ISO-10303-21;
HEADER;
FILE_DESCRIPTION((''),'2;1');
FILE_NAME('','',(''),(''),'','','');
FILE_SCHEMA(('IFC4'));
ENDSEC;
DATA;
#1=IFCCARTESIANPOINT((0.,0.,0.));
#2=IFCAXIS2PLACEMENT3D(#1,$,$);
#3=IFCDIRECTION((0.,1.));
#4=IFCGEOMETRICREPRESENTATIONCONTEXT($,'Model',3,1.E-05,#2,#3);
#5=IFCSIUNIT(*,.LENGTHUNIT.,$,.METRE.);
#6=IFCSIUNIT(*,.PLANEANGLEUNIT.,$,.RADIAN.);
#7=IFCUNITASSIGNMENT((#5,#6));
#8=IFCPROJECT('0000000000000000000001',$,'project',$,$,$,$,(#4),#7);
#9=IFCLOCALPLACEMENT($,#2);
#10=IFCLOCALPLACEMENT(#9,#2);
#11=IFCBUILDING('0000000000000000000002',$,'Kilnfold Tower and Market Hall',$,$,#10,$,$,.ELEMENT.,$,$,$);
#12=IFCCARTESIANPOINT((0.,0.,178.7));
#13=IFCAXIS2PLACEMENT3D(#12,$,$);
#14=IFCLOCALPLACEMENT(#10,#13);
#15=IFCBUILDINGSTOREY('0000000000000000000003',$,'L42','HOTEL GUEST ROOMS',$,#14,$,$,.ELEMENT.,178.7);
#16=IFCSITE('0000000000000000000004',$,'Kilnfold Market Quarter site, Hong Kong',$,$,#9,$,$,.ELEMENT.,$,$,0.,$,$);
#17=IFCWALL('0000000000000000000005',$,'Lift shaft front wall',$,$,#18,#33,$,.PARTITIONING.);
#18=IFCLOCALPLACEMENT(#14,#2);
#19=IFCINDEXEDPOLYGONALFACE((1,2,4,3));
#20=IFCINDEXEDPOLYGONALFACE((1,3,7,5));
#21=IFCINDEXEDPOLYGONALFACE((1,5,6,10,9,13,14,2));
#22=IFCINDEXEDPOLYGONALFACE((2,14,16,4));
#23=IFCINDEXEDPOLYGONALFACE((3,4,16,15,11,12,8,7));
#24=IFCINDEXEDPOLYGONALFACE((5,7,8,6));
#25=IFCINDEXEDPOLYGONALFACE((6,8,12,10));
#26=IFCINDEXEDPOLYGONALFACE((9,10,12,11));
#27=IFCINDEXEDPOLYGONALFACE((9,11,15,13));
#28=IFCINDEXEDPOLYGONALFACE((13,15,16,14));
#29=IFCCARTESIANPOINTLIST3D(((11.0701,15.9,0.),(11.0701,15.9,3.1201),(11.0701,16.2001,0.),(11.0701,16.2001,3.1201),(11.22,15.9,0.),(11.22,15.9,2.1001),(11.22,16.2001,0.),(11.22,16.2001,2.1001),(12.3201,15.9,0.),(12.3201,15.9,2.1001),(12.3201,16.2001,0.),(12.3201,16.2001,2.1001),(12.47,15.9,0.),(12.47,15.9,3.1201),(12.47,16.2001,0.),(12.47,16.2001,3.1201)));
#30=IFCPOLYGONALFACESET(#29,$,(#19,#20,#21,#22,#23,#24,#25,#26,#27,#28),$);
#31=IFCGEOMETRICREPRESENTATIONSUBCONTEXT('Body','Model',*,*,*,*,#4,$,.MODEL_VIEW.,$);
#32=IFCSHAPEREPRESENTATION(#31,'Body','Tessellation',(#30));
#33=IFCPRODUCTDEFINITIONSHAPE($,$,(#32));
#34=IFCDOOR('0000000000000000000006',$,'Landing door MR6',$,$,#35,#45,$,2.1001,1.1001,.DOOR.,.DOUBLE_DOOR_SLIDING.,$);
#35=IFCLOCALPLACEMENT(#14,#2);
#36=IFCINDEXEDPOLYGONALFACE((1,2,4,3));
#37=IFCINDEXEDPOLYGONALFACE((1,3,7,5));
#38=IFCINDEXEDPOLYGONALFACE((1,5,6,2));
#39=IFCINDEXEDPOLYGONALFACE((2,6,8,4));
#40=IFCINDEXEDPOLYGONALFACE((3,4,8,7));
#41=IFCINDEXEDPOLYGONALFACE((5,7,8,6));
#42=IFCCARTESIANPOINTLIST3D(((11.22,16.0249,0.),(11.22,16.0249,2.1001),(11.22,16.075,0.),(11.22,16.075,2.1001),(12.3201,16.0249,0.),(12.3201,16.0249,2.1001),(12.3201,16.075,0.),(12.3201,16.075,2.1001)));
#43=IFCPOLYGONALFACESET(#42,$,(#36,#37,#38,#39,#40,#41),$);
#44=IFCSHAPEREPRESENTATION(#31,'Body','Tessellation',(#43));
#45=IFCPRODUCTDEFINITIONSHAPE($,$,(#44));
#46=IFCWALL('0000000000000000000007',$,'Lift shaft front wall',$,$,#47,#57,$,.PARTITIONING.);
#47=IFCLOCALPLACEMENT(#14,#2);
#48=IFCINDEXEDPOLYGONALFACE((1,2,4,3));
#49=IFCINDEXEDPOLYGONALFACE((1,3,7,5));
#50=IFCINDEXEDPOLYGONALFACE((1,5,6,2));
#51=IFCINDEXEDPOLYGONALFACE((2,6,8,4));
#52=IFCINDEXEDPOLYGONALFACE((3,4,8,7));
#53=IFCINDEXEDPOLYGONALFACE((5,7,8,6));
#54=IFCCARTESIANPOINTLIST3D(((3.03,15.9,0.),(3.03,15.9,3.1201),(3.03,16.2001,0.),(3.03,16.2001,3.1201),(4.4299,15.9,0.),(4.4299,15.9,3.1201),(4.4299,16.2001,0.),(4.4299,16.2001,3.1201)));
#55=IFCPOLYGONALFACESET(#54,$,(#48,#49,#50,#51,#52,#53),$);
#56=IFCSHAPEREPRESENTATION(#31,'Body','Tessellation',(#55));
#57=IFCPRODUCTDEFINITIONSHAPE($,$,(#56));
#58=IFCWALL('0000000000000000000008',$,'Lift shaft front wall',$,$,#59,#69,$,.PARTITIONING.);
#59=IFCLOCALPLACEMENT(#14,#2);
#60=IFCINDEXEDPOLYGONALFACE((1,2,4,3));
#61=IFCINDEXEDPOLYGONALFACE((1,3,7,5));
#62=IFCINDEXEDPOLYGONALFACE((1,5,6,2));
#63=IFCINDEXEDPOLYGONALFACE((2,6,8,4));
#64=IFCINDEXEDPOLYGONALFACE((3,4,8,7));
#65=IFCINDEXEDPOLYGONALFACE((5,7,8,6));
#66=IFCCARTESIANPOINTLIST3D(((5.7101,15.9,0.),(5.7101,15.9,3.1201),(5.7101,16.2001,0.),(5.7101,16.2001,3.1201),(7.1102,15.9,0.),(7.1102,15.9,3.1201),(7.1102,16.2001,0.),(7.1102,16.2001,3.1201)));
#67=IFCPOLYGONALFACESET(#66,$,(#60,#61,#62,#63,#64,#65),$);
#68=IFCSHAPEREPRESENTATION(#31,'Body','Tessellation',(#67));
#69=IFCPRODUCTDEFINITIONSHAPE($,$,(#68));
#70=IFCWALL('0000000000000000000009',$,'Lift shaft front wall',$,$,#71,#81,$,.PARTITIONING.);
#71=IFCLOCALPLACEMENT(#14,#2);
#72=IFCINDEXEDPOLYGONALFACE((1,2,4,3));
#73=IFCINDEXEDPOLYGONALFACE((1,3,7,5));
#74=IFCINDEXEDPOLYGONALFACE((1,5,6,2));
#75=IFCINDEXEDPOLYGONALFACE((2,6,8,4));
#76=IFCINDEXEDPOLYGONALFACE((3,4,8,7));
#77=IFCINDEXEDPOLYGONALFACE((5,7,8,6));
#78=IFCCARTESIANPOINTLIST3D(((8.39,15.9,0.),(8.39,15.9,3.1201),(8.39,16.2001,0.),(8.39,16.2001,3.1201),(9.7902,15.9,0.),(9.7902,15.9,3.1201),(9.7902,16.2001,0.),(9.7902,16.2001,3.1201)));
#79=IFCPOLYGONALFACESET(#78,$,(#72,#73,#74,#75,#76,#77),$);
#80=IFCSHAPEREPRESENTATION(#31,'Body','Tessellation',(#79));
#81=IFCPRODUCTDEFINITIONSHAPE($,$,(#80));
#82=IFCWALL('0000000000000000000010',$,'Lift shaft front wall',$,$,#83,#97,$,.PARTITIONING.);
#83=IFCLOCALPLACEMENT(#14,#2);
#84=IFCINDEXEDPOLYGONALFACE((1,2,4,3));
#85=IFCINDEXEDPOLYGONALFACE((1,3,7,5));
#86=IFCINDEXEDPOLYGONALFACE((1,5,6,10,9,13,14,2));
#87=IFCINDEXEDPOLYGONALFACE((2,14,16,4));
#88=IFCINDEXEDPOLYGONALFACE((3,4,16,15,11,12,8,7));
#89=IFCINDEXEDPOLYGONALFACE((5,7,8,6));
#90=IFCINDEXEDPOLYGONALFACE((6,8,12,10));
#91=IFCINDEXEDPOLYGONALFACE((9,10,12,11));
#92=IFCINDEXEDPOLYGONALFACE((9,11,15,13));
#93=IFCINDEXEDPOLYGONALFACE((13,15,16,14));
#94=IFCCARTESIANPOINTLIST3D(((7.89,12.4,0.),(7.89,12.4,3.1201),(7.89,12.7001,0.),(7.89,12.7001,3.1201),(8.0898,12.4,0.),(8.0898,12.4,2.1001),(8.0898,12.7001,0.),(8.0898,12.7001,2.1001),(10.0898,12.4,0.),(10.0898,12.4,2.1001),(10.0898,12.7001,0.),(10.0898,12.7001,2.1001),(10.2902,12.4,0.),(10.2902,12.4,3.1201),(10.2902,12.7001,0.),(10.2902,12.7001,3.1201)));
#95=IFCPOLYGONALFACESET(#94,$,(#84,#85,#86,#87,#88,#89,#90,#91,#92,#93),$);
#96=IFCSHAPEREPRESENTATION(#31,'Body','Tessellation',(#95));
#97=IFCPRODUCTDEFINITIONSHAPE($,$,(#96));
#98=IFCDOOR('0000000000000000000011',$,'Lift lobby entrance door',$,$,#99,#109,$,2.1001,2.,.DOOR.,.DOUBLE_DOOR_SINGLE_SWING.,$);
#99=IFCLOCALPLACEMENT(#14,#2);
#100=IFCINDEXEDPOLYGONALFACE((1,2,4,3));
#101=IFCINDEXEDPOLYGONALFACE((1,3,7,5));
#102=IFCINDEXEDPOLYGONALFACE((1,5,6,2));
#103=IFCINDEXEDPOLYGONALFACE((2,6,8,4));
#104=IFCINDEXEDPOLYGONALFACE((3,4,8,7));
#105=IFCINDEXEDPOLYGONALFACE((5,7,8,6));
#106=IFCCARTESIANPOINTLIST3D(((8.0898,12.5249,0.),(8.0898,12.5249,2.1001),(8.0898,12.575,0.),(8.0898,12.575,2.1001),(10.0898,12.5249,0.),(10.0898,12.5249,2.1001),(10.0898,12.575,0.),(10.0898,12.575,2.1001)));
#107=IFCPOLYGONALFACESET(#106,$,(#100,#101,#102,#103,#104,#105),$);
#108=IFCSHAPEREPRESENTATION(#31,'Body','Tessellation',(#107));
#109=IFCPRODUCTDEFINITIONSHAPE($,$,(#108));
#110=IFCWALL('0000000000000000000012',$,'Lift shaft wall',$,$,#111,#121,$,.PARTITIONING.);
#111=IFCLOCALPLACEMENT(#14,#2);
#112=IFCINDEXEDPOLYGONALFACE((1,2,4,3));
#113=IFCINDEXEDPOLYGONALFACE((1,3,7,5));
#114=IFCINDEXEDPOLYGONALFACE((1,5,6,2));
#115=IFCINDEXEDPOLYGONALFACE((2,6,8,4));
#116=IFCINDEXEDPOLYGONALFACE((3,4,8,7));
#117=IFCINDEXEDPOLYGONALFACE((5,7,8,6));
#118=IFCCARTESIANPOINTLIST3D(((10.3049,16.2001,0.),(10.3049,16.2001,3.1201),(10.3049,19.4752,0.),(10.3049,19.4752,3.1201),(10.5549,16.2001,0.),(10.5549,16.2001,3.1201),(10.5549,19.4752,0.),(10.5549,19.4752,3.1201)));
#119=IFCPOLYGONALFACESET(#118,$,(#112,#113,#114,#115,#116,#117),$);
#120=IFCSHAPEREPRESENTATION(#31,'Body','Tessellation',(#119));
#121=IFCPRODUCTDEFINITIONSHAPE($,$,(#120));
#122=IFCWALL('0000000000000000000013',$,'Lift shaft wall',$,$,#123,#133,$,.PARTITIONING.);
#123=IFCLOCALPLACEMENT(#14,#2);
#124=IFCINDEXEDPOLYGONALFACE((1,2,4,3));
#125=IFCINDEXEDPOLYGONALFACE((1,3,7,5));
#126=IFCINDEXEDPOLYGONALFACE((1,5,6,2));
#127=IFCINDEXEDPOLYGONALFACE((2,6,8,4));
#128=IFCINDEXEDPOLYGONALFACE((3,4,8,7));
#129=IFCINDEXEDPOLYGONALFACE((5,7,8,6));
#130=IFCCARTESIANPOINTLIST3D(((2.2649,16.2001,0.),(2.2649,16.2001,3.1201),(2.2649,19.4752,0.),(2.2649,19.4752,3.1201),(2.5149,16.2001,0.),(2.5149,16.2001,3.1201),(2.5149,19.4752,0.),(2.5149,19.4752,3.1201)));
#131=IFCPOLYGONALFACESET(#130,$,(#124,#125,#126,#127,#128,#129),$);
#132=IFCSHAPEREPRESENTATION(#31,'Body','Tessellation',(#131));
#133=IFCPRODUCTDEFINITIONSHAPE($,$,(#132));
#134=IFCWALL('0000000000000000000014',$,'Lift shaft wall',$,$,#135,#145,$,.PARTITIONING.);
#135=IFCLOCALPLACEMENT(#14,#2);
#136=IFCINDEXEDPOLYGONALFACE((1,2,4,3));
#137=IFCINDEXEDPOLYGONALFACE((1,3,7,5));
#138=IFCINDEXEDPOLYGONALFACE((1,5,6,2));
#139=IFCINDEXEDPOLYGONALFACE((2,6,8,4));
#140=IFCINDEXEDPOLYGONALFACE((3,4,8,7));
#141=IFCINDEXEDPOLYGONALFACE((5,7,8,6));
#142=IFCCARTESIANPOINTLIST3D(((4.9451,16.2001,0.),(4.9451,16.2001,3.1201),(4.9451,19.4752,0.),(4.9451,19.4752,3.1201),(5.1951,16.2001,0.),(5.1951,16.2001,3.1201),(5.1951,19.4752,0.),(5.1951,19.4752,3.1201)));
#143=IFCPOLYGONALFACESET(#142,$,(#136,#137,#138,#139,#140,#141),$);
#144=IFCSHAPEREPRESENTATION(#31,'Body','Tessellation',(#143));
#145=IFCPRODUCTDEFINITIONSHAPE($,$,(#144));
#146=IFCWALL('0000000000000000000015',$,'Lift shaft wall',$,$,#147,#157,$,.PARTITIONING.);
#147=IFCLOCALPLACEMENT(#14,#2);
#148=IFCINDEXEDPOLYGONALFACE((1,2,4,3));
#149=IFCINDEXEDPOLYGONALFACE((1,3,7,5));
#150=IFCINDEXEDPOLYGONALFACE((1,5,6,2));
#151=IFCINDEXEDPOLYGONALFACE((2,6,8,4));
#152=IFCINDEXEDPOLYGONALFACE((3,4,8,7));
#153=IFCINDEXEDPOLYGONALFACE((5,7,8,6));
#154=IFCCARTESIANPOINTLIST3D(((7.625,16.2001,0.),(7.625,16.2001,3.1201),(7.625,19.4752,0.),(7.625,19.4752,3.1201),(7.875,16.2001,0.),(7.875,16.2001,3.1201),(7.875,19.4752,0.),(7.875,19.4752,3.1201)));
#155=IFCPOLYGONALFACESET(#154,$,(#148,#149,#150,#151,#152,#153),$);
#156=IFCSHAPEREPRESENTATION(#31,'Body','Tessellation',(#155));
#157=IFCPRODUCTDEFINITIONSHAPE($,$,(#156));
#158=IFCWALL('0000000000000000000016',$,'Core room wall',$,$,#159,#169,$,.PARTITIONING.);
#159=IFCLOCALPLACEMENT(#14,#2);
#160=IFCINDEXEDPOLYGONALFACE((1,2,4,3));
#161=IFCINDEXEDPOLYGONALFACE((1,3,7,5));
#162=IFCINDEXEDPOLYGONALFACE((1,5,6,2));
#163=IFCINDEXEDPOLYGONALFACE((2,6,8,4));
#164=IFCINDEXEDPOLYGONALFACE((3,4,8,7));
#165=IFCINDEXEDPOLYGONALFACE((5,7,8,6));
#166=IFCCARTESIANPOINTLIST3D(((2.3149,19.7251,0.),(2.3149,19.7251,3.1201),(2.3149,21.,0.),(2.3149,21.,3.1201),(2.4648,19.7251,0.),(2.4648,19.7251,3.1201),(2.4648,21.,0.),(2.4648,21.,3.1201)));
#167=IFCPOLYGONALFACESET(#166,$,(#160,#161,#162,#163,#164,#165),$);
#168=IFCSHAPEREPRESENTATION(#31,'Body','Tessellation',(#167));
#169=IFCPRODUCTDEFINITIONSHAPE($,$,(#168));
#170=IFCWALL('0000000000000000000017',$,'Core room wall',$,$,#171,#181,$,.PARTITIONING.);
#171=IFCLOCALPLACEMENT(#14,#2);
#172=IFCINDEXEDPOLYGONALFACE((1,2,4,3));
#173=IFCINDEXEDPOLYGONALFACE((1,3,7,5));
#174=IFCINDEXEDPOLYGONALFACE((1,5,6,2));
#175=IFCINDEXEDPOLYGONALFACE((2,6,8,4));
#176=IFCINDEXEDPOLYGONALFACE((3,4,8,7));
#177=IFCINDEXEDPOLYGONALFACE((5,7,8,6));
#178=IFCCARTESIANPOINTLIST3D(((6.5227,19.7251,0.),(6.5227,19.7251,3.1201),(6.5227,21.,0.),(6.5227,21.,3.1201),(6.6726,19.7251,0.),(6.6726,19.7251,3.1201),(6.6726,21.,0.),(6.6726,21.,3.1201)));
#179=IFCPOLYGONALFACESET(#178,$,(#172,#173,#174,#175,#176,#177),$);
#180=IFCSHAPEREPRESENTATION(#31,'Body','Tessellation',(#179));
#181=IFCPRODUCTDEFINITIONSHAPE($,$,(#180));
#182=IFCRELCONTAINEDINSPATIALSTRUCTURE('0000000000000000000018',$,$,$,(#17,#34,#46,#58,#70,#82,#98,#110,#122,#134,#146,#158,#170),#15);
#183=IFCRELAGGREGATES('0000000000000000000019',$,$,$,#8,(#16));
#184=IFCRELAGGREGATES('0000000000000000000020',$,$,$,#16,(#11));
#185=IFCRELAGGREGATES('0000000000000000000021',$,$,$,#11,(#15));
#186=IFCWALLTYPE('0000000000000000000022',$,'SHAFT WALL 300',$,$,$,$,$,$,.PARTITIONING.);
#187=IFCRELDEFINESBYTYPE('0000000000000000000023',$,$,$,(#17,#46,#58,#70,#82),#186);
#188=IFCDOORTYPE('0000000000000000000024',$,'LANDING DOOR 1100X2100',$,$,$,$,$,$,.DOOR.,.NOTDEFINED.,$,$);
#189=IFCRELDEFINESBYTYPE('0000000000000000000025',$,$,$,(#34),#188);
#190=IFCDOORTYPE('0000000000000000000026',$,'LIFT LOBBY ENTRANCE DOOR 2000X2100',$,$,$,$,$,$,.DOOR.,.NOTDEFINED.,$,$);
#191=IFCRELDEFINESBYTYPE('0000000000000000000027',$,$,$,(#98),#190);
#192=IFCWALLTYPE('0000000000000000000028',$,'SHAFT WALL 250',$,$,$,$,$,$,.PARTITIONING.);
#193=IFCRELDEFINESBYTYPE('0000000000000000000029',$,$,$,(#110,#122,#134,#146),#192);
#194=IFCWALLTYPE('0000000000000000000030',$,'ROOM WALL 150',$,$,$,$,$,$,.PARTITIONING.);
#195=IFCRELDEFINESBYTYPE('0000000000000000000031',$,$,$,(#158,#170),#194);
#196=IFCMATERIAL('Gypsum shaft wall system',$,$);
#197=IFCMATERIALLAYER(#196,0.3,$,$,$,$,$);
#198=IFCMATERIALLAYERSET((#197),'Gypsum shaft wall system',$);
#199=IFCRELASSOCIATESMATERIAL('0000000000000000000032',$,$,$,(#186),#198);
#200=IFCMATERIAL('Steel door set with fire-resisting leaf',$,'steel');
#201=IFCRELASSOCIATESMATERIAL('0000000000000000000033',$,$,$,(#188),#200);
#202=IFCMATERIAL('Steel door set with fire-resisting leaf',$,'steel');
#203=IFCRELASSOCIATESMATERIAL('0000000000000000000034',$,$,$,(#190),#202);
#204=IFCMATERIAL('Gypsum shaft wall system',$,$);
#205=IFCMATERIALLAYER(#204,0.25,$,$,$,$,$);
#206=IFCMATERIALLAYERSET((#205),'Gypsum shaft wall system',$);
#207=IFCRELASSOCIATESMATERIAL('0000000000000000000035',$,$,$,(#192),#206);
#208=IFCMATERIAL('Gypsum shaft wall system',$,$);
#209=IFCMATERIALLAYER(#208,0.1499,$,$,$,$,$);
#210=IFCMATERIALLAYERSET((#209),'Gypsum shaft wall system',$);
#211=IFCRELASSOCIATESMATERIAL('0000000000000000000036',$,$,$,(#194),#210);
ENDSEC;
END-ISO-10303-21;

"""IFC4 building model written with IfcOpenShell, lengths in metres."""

from ifc_helpers import new_model, si_unit, direction, frame, frame_2d, origin, place, context, subcontext, project, spatial, rectangle, extrude, source, transform, mapped, material, layer, layer_set, type_object, element, fill, save


model = new_model("IFC4")

# Units and contexts
model_context = context("Model", 3, precision=1e-05, world=origin(), true_north=direction((0.0, 1.0)))
body_context = subcontext(model_context, "Body", "Model", "MODEL_VIEW")
ifc_project = project(units=[si_unit("LENGTHUNIT", "METRE"), si_unit("PLANEANGLEUNIT", "RADIAN")], contexts=[model_context])

# Site, building, storey
site_placement = place(None, origin())
site = spatial("IfcSite", under=ifc_project, at=site_placement, Name="Kilnfold Market Quarter site, Hong Kong", CompositionType="ELEMENT", RefElevation=0.0)
building_placement = place(site_placement, origin())
building = spatial("IfcBuilding", under=site, at=building_placement, Name="Kilnfold Tower and Market Hall", CompositionType="ELEMENT")
storey_placement = place(building_placement, frame((0.0, 0.0, 178.7)))
storey = spatial("IfcBuildingStorey", under=building, at=storey_placement, Name="L42", Description="HOTEL GUEST ROOMS", CompositionType="ELEMENT", Elevation=178.7)

# Wall, opening, door
ifc_material_1 = material(Name="Gypsum shaft wall system")
ifc_layer_1 = layer(ifc_material_1, 0.3)
ifc_layer_set_1 = layer_set([ifc_layer_1], Name="Gypsum shaft wall system")
wall_type_1 = type_object("IfcWallType", Name="SHAFT WALL 300", PredefinedType="PARTITIONING", material=ifc_layer_set_1)
shared_shape_1 = source(origin(), body_context, "Body", "SweptSolid", [
    extrude(rectangle(XDim=1.3999, YDim=0.3, at=frame_2d((0.7, 0.0))), origin(), (0.0, 0.0, 1.0), 3.1201),
])
wall_1_placement = place(storey_placement, frame((11.0701, 16.05, 0.0), z_axis=(0.0, 0.0, 1.0), x_axis=(1.0, 0.0, 0.0)))
wall_1 = element("IfcWall", 1, at=wall_1_placement, inside=storey, type_object=wall_type_1, Name="Lift shaft front wall", PredefinedType="PARTITIONING", context=body_context, shape_type="MappedRepresentation", body=[
    mapped(shared_shape_1, transform((0.0, 0.0, 0.0))),
])
opening_1_placement = place(wall_1_placement, frame((0.1499, 0.0, 0.0)))
opening_1 = element("IfcOpeningElement", 2, at=opening_1_placement, cuts=wall_1, PredefinedType="OPENING", context=body_context, shape_type="SweptSolid", body=[
    extrude(rectangle(XDim=1.1001, YDim=2.1001, at=frame_2d((0.55, 1.05))), frame((0.0, 0.1602, 0.0), z_axis=(0.0, -1.0, 0.0), x_axis=(1.0, 0.0, 0.0)), (0.0, 0.0, 1.0), 0.3201),
])
ifc_material_2 = material(Name="Steel door set with fire-resisting leaf", Category="steel")
door_type_1 = type_object("IfcDoorType", Name="LANDING DOOR 1100X2100", OperationType="NOTDEFINED", PredefinedType="DOOR", material=ifc_material_2)
door_1_placement = place(opening_1_placement, origin())
door_1 = element("IfcDoor", 3, at=door_1_placement, inside=storey, type_object=door_type_1, Name="Landing door MR6", OperationType="DOUBLE_DOOR_SLIDING", OverallHeight=2.1001, OverallWidth=1.1001, PredefinedType="DOOR", context=body_context, shape_type="SweptSolid", body=[
    extrude(rectangle(XDim=1.1001, YDim=2.1001, at=frame_2d((0.55, 1.05))), frame((0.0, 0.0249, 0.0), z_axis=(0.0, -1.0, 0.0), x_axis=(1.0, 0.0, 0.0)), (0.0, 0.0, 1.0), 0.05),
])
fill(opening_1, door_1)

# Walls
wall_2_placement = place(storey_placement, frame((3.03, 16.05, 0.0), z_axis=(0.0, 0.0, 1.0), x_axis=(1.0, 0.0, 0.0)))
element("IfcWall", 4, at=wall_2_placement, inside=storey, type_object=wall_type_1, Name="Lift shaft front wall", PredefinedType="PARTITIONING", context=body_context, shape_type="MappedRepresentation", body=[
    mapped(shared_shape_1, transform((0.0, 0.0, 0.0))),
])
shared_shape_2 = source(origin(), body_context, "Body", "SweptSolid", [
    extrude(rectangle(XDim=1.4001, YDim=0.3, at=frame_2d((0.7002, 0.0))), origin(), (0.0, 0.0, 1.0), 3.1201),
])
for number, where, z_axis, x_axis, name in (
    (5, (5.71, 16.05, 0.0), (0.0, 0.0, 1.0), (1.0, 0.0, 0.0), "Lift shaft front wall"),
    (6, (8.3899, 16.05, 0.0), (0.0, 0.0, 1.0), (1.0, 0.0, 0.0), "Lift shaft front wall"),
):
    element("IfcWall", number, at=place(storey_placement, frame(where, z_axis=z_axis, x_axis=x_axis)), inside=storey, type_object=wall_type_1, Name=name, PredefinedType="PARTITIONING", context=body_context, shape_type="MappedRepresentation", body=[
        mapped(shared_shape_2, transform((0.0, 0.0, 0.0))),
    ])

# Wall, opening, door
shared_shape_3 = source(origin(), body_context, "Body", "SweptSolid", [
    extrude(rectangle(XDim=2.4001, YDim=0.3, at=frame_2d((1.2002, 0.0))), origin(), (0.0, 0.0, 1.0), 3.1201),
])
wall_3_placement = place(storey_placement, frame((7.8899, 12.55, 0.0), z_axis=(0.0, 0.0, 1.0), x_axis=(1.0, 0.0, 0.0)))
wall_3 = element("IfcWall", 7, at=wall_3_placement, inside=storey, type_object=wall_type_1, Name="Lift shaft front wall", PredefinedType="PARTITIONING", context=body_context, shape_type="MappedRepresentation", body=[
    mapped(shared_shape_3, transform((0.0, 0.0, 0.0))),
])
opening_2_placement = place(wall_3_placement, frame((0.2, 0.0, 0.0)))
opening_2 = element("IfcOpeningElement", 8, at=opening_2_placement, cuts=wall_3, PredefinedType="OPENING", context=body_context, shape_type="SweptSolid", body=[
    extrude(rectangle(XDim=2.0, YDim=2.1001, at=frame_2d((1.0, 1.05))), frame((0.0, 0.1602, 0.0), z_axis=(0.0, -1.0, 0.0), x_axis=(1.0, 0.0, 0.0)), (0.0, 0.0, 1.0), 0.3201),
])
ifc_material_3 = material(Name="Steel door set with fire-resisting leaf", Category="steel")
door_type_2 = type_object("IfcDoorType", Name="LIFT LOBBY ENTRANCE DOOR 2000X2100", OperationType="NOTDEFINED", PredefinedType="DOOR", material=ifc_material_3)
door_2_placement = place(opening_2_placement, origin())
door_2 = element("IfcDoor", 9, at=door_2_placement, inside=storey, type_object=door_type_2, Name="Lift lobby entrance door", OperationType="DOUBLE_DOOR_SINGLE_SWING", OverallHeight=2.1001, OverallWidth=2.0, PredefinedType="DOOR", context=body_context, shape_type="SweptSolid", body=[
    extrude(rectangle(XDim=2.0, YDim=2.1001, at=frame_2d((1.0, 1.05))), frame((0.0, 0.0249, 0.0), z_axis=(0.0, -1.0, 0.0), x_axis=(1.0, 0.0, 0.0)), (0.0, 0.0, 1.0), 0.05),
])
fill(opening_2, door_2)

# Walls
ifc_material_4 = material(Name="Gypsum shaft wall system")
ifc_layer_2 = layer(ifc_material_4, 0.25)
ifc_layer_set_2 = layer_set([ifc_layer_2], Name="Gypsum shaft wall system")
wall_type_2 = type_object("IfcWallType", Name="SHAFT WALL 250", PredefinedType="PARTITIONING", material=ifc_layer_set_2)
shared_shape_4 = source(origin(), body_context, "Body", "SweptSolid", [
    extrude(rectangle(XDim=3.2751, YDim=0.25, at=frame_2d((1.6377, 0.0))), origin(), (0.0, 0.0, 1.0), 3.1201),
])
for number, where, z_axis, x_axis, name in (
    (10, (10.4299, 16.2, 0.0), (0.0, 0.0, 1.0), (0.0, 1.0, 0.0), "Lift shaft wall"),
    (11, (2.3899, 16.2, 0.0), (0.0, 0.0, 1.0), (0.0, 1.0, 0.0), "Lift shaft wall"),
    (12, (5.0701, 16.2, 0.0), (0.0, 0.0, 1.0), (0.0, 1.0, 0.0), "Lift shaft wall"),
    (13, (7.75, 16.2, 0.0), (0.0, 0.0, 1.0), (0.0, 1.0, 0.0), "Lift shaft wall"),
):
    element("IfcWall", number, at=place(storey_placement, frame(where, z_axis=z_axis, x_axis=x_axis)), inside=storey, type_object=wall_type_2, Name=name, PredefinedType="PARTITIONING", context=body_context, shape_type="MappedRepresentation", body=[
        mapped(shared_shape_4, transform((0.0, 0.0, 0.0))),
    ])
ifc_material_5 = material(Name="Gypsum shaft wall system")
ifc_layer_3 = layer(ifc_material_5, 0.1499)
ifc_layer_set_3 = layer_set([ifc_layer_3], Name="Gypsum shaft wall system")
wall_type_3 = type_object("IfcWallType", Name="ROOM WALL 150", PredefinedType="PARTITIONING", material=ifc_layer_set_3)
shared_shape_5 = source(origin(), body_context, "Body", "SweptSolid", [
    extrude(rectangle(XDim=1.2749, YDim=0.1499, at=frame_2d((0.6375, 0.0))), origin(), (0.0, 0.0, 1.0), 3.1201),
])
for number, where, z_axis, x_axis, name in (
    (14, (2.3899, 19.7251, 0.0), (0.0, 0.0, 1.0), (0.0, 1.0, 0.0), "Core room wall"),
    (15, (6.5977, 19.7251, 0.0), (0.0, 0.0, 1.0), (0.0, 1.0, 0.0), "Core room wall"),
):
    element("IfcWall", number, at=place(storey_placement, frame(where, z_axis=z_axis, x_axis=x_axis)), inside=storey, type_object=wall_type_3, Name=name, PredefinedType="PARTITIONING", context=body_context, shape_type="MappedRepresentation", body=[
        mapped(shared_shape_5, transform((0.0, 0.0, 0.0))),
    ])

save(model, "model.ifc")
